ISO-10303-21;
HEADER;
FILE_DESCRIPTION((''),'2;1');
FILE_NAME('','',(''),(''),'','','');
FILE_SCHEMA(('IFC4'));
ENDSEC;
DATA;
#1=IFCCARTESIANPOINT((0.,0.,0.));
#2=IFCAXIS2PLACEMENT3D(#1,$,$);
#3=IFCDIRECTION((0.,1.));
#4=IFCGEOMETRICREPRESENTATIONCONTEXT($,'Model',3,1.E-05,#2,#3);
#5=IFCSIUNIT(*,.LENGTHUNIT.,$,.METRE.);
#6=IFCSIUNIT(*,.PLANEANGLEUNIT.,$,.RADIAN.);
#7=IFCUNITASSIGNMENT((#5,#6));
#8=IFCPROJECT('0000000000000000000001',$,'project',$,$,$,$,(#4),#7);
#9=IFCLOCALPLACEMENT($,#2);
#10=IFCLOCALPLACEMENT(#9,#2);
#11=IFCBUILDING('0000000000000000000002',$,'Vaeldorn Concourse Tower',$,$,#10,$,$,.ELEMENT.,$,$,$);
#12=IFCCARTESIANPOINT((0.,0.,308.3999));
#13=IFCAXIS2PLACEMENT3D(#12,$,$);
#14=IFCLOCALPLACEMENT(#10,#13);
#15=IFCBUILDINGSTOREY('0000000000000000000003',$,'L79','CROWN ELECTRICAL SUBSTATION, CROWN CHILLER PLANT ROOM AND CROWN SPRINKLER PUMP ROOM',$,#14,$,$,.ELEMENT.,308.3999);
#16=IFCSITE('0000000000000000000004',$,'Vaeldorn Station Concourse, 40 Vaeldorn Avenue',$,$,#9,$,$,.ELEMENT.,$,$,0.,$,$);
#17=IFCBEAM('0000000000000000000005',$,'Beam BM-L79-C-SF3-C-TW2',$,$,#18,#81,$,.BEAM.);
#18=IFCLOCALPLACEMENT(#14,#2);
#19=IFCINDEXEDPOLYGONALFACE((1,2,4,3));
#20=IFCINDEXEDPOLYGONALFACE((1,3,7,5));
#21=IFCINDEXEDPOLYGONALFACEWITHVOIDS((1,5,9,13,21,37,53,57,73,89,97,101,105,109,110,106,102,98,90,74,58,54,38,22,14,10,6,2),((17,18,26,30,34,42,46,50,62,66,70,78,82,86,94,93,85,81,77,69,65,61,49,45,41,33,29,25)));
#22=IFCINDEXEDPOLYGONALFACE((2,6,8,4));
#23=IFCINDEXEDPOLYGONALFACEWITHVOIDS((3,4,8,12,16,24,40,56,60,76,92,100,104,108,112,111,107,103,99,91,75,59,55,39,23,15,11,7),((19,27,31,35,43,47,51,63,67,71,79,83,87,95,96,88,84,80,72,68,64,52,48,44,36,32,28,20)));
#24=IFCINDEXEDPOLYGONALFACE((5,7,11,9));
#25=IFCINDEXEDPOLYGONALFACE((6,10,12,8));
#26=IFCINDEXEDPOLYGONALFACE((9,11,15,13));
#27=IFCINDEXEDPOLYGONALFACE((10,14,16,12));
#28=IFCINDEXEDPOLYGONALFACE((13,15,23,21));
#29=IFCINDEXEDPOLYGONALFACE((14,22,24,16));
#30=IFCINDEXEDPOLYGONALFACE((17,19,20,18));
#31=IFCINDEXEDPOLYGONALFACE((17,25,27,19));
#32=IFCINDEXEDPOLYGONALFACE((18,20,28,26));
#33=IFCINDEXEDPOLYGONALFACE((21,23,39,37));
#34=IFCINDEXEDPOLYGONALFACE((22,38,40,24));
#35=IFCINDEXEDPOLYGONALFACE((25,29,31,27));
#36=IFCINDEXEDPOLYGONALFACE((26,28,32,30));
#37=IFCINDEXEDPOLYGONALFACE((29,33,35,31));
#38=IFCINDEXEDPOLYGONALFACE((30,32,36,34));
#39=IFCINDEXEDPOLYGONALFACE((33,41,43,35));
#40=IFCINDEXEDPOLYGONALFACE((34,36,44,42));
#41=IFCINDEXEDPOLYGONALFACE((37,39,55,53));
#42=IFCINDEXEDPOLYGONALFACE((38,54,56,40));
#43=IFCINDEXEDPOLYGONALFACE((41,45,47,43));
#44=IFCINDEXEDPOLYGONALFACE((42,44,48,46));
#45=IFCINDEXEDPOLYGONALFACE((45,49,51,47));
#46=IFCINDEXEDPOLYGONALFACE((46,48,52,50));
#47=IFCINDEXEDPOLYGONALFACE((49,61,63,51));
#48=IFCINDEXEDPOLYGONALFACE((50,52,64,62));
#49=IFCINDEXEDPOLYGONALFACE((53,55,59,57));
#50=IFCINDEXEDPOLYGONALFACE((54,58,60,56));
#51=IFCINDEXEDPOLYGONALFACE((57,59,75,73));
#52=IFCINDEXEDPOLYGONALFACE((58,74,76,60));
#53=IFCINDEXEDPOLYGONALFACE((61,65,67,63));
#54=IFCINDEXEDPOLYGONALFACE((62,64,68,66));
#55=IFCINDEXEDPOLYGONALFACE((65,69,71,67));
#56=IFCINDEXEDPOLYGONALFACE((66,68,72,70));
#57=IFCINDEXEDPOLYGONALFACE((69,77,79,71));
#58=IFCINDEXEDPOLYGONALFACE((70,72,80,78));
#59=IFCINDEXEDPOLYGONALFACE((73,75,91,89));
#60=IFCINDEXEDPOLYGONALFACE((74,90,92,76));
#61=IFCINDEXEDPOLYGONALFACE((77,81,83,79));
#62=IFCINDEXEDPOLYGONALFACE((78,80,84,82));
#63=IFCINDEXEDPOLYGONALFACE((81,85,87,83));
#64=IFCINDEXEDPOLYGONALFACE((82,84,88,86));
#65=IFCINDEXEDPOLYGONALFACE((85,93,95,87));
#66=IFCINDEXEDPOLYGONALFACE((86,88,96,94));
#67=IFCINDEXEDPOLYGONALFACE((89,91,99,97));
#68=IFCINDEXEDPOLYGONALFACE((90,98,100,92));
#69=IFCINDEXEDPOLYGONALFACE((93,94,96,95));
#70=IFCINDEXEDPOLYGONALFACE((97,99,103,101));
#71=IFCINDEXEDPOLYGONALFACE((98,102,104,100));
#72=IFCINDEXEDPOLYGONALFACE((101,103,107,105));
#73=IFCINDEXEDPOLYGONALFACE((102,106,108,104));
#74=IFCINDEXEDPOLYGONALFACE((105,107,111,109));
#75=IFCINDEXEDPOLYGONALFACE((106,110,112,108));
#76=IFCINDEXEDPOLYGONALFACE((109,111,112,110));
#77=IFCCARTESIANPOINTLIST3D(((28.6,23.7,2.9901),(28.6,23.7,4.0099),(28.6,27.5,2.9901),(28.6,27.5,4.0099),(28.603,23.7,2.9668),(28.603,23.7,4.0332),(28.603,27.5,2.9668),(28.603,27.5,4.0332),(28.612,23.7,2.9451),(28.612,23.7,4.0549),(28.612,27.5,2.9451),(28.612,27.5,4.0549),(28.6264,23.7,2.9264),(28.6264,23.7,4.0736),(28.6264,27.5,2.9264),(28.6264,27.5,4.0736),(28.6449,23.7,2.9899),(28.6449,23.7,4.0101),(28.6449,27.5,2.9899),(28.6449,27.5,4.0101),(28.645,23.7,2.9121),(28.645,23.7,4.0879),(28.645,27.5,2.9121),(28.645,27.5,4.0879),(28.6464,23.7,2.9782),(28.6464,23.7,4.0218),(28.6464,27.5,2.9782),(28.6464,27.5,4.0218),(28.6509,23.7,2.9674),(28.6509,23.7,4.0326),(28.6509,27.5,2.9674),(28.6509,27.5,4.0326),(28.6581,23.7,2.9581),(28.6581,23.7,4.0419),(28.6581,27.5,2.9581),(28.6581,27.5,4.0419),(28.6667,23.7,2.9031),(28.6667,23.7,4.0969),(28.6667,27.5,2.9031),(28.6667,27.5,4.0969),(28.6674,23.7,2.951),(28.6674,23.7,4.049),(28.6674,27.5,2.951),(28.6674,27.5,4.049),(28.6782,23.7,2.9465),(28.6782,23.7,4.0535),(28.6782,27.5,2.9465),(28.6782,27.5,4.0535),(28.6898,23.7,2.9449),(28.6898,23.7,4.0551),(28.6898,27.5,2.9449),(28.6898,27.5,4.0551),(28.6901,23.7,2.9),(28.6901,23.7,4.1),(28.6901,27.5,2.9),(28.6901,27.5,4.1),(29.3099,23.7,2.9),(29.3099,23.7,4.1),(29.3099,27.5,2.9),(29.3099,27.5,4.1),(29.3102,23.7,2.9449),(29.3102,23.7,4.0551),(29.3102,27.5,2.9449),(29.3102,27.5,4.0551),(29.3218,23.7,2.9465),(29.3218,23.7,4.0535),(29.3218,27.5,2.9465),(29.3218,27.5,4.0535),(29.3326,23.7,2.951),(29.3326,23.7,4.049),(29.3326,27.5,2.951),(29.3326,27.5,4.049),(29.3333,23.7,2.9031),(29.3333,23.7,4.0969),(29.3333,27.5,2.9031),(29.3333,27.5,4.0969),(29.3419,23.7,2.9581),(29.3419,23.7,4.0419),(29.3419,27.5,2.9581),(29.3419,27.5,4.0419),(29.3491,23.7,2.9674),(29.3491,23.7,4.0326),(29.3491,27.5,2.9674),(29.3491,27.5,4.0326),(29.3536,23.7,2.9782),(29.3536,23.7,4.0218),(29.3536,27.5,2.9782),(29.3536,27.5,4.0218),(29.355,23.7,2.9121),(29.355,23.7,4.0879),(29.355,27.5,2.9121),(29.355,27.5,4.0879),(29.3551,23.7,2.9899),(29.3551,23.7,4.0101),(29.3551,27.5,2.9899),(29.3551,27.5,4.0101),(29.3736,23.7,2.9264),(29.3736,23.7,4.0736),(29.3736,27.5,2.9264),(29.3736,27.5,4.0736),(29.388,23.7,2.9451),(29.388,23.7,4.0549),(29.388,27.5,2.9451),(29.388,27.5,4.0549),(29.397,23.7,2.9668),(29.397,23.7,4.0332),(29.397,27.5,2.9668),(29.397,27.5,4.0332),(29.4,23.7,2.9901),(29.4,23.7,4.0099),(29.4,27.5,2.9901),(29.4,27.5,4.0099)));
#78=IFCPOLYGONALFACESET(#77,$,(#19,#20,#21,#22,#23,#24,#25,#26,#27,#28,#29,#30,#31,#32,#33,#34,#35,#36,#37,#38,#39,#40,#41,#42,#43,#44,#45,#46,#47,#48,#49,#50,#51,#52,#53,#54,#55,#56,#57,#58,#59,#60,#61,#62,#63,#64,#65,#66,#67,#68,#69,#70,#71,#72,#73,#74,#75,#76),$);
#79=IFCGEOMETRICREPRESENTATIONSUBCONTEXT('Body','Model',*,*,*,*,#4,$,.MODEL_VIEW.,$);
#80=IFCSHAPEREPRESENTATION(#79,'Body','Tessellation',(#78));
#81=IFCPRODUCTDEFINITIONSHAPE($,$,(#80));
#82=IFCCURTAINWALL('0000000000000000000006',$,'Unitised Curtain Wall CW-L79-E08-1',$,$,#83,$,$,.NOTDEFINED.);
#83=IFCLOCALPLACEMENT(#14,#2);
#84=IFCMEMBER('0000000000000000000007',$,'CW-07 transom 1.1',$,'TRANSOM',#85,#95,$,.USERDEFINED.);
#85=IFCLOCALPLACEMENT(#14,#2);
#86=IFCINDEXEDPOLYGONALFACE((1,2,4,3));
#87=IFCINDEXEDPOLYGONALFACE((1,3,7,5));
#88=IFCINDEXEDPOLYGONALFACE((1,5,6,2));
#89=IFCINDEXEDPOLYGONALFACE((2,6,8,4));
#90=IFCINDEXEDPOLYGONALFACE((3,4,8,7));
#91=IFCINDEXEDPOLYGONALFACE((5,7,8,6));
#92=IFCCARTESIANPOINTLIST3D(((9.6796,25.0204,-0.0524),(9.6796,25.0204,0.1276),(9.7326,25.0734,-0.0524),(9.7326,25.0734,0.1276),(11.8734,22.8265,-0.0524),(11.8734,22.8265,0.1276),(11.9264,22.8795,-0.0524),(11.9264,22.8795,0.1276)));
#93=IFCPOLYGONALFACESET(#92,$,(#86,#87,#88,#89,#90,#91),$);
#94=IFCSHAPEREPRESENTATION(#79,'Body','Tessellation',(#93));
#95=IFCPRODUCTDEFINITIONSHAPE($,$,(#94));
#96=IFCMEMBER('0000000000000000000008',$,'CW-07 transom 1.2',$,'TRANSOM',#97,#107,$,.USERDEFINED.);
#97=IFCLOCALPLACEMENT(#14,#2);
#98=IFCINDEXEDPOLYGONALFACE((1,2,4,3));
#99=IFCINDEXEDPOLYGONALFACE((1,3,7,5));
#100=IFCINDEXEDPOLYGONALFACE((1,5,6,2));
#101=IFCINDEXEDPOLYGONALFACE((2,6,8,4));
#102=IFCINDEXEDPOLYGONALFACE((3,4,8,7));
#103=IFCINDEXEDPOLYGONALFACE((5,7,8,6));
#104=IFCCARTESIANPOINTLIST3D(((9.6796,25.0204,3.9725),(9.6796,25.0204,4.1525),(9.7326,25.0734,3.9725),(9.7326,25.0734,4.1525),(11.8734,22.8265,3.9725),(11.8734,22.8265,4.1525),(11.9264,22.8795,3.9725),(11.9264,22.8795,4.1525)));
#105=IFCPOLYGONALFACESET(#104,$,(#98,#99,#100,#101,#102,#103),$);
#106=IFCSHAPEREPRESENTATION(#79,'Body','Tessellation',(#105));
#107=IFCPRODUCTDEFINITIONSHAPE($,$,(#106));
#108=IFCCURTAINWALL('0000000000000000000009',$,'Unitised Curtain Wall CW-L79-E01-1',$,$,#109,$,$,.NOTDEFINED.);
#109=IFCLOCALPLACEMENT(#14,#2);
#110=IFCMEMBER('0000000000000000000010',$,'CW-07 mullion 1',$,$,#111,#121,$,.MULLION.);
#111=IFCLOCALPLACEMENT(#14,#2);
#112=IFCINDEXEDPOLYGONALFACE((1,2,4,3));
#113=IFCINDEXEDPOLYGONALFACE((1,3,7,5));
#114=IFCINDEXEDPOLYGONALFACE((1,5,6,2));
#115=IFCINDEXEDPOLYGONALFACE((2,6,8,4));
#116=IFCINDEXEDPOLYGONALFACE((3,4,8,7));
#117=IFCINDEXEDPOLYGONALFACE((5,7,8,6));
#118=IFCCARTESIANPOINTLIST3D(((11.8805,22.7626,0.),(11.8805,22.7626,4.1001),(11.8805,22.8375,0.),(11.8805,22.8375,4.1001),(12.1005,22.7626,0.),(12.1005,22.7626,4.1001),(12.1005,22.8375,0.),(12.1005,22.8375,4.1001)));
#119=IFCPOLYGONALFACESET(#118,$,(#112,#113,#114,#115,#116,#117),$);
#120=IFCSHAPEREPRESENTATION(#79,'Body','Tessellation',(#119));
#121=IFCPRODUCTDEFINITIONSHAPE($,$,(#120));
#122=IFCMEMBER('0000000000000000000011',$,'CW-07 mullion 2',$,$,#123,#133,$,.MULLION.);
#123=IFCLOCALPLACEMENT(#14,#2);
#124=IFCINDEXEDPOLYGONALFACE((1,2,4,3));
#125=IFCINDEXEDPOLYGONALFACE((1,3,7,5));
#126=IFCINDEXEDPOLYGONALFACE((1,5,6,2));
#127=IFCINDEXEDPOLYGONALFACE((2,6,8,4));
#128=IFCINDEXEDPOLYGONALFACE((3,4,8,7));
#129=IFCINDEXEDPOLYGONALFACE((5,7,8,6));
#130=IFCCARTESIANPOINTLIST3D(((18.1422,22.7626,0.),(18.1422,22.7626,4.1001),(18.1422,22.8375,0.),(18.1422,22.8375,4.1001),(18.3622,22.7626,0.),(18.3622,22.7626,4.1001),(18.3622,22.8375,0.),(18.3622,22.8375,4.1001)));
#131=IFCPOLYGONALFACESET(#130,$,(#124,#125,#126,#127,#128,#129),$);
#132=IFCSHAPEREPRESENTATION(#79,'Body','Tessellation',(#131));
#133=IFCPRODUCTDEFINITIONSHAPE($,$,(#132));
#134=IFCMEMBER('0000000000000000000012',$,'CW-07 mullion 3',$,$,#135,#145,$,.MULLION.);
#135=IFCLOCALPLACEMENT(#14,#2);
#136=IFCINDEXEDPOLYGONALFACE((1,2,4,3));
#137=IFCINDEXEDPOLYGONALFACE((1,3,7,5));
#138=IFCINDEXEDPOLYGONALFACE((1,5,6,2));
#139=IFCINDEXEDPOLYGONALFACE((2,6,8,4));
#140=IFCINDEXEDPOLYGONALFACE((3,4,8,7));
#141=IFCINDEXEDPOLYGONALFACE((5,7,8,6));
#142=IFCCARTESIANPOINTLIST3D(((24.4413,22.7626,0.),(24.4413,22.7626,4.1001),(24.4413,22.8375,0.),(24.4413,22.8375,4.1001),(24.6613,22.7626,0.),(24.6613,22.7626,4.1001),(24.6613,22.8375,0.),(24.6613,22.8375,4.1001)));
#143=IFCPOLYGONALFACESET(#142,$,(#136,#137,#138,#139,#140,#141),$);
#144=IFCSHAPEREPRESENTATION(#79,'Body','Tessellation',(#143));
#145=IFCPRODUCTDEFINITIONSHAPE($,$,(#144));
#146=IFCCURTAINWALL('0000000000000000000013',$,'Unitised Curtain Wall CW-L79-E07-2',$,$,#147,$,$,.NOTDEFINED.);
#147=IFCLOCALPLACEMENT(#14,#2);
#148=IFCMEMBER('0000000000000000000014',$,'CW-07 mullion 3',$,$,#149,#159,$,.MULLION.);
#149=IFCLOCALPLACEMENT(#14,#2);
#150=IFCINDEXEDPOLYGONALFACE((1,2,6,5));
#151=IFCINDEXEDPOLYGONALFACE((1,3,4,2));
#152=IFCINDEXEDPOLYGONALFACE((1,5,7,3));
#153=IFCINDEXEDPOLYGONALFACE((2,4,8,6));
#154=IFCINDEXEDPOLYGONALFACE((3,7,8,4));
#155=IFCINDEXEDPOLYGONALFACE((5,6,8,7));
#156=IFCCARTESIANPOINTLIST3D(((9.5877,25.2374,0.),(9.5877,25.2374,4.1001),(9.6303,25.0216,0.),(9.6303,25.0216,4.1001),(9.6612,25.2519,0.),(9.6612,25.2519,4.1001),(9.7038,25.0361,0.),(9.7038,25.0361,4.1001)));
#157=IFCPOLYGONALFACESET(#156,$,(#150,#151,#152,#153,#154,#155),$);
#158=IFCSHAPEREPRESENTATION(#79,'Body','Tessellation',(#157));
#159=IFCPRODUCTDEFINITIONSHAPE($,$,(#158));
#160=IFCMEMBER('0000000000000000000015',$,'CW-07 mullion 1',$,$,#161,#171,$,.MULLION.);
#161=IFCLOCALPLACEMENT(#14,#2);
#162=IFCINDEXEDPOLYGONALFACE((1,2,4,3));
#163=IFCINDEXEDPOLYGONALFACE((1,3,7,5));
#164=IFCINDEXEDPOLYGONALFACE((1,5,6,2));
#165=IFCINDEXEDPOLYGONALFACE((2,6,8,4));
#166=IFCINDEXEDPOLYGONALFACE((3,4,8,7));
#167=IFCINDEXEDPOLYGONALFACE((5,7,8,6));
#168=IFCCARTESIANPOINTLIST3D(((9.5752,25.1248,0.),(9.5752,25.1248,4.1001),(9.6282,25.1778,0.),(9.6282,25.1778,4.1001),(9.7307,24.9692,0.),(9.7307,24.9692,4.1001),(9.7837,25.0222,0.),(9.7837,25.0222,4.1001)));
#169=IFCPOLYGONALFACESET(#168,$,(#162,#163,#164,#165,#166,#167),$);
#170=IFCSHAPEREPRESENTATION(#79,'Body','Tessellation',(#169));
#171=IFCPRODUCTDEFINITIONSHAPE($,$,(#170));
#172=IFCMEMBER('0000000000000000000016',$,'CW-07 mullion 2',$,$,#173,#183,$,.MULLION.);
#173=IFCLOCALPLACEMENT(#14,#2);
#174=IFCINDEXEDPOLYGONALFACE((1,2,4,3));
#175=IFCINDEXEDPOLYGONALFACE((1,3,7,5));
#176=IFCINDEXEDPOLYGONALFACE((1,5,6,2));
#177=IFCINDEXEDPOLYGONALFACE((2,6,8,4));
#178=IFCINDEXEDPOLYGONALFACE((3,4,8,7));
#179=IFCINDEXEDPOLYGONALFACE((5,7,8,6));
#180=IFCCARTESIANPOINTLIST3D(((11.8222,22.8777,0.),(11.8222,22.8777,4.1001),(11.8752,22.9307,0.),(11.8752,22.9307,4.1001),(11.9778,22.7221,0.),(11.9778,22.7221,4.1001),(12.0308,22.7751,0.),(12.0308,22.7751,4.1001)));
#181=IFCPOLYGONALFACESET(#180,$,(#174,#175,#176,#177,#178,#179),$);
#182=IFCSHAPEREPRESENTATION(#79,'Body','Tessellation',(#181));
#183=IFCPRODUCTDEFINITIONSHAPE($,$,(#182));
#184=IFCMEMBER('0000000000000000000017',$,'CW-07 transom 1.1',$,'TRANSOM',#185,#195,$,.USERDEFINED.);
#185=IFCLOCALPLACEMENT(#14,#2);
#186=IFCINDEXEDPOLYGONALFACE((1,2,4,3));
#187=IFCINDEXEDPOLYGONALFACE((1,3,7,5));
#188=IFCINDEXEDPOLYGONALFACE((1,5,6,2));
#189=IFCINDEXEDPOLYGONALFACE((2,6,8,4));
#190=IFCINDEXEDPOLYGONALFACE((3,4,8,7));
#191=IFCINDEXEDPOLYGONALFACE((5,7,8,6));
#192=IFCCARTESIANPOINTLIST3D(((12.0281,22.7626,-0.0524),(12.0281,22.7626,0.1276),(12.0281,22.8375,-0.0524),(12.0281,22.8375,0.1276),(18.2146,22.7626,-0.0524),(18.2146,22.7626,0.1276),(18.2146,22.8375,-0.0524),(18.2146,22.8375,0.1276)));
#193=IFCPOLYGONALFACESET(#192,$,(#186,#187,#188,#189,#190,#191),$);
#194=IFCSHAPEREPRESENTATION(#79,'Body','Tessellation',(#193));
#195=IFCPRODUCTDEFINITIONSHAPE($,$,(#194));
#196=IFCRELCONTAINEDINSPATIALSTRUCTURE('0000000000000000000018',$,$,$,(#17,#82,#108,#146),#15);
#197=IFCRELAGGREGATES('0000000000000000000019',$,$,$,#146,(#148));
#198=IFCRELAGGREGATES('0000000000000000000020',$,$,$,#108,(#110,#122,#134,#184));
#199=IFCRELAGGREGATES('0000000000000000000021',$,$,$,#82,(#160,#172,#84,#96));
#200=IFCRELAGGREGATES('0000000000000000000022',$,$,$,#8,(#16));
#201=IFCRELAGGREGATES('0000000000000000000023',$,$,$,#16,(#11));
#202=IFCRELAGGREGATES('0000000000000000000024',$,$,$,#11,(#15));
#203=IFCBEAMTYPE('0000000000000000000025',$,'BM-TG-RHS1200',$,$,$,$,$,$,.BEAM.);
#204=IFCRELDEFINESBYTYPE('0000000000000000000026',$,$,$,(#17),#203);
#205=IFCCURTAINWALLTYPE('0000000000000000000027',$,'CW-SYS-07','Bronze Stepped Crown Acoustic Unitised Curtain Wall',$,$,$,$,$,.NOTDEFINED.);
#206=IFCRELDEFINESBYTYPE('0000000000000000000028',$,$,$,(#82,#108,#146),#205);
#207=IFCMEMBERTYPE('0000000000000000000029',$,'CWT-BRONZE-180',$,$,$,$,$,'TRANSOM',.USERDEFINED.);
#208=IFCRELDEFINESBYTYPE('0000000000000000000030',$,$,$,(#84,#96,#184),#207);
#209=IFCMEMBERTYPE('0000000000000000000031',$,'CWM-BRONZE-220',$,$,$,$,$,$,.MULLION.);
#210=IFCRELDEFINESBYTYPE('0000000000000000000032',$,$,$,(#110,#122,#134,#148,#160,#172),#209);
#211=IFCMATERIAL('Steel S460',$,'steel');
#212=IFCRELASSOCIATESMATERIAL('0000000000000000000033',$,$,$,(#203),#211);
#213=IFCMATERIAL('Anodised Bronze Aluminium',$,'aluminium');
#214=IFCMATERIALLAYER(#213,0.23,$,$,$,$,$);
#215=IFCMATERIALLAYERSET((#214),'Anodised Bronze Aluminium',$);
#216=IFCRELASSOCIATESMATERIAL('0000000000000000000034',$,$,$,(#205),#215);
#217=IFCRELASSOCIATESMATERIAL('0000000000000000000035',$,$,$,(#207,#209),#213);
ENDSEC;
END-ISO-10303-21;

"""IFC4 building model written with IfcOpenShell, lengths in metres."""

from ifc_helpers import new_model, si_unit, direction, frame, origin, origin_2d, place, context, subcontext, project, spatial, rectangle, hollow_rectangle, extrude, source, transform, mapped, material, layer, layer_set, material_profile, profile_set, type_object, element, aggregate, save


model = new_model("IFC4")

# Units and contexts
model_context = context("Model", 3, precision=1e-05, world=origin(), true_north=direction((0.0, 1.0)))
body_context = subcontext(model_context, "Body", "Model", "MODEL_VIEW")
ifc_project = project(units=[si_unit("LENGTHUNIT", "METRE"), si_unit("PLANEANGLEUNIT", "RADIAN")], contexts=[model_context])

# Site, building, storey
site_placement = place(None, origin())
site = spatial("IfcSite", under=ifc_project, at=site_placement, Name="Vaeldorn Station Concourse, 40 Vaeldorn Avenue", CompositionType="ELEMENT", RefElevation=0.0)
building_placement = place(site_placement, origin())
building = spatial("IfcBuilding", under=site, at=building_placement, Name="Vaeldorn Concourse Tower", CompositionType="ELEMENT")
storey_placement = place(building_placement, frame((0.0, 0.0, 308.3999)))
storey = spatial("IfcBuildingStorey", under=building, at=storey_placement, Name="L79", Description="CROWN ELECTRICAL SUBSTATION, CROWN CHILLER PLANT ROOM AND CROWN SPRINKLER PUMP ROOM", CompositionType="ELEMENT", Elevation=308.3999)

# Beam
ifc_material_1 = material(Name="Steel S460", Category="steel")
ifc_material_profile_1 = material_profile(ifc_material_1, hollow_rectangle(XDim=0.8, YDim=1.2, WallThickness=0.0449, InnerFilletRadius=0.0449, OuterFilletRadius=0.0901, at=origin_2d()), Name="RHS 1200x800x45")
ifc_profile_set_1 = profile_set([ifc_material_profile_1], Name="Steel S460")
beam_type = type_object("IfcBeamType", Name="BM-TG-RHS1200", PredefinedType="BEAM", material=ifc_profile_set_1)
shared_shape_1 = source(origin(), body_context, "Body", "SweptSolid", [
    extrude(hollow_rectangle(XDim=0.8, YDim=1.2, WallThickness=0.0449, InnerFilletRadius=0.0449, OuterFilletRadius=0.0901, at=origin_2d()), origin(), (0.0, 0.0, 1.0), 3.8),
])
for number, where, z_axis, x_axis, name in (
    (1, (29.0, 23.7, 3.5), (0.0, 1.0, 0.0), (-1.0, 0.0, 0.0), "Beam BM-L79-C-SF3-C-TW2"),
):
    element("IfcBeam", number, at=place(storey_placement, frame(where, z_axis=z_axis, x_axis=x_axis)), inside=storey, type_object=beam_type, Name=name, PredefinedType="BEAM", context=body_context, shape_type="MappedRepresentation", body=[
        mapped(shared_shape_1, transform((0.0, 0.0, 0.0), scale=1.0)),
    ])

# Curtain walls, members
ifc_material_2 = material(Name="Anodised Bronze Aluminium", Category="aluminium")
ifc_layer_1 = layer(ifc_material_2, 0.23)
ifc_layer_set_1 = layer_set([ifc_layer_1], Name="Anodised Bronze Aluminium")
curtain_wall_type = type_object("IfcCurtainWallType", Name="CW-SYS-07", Description="Bronze Stepped Crown Acoustic Unitised Curtain Wall", PredefinedType="NOTDEFINED", material=ifc_layer_set_1)
curtain_wall_1_placement = place(storey_placement, origin())
curtain_wall_1 = element("IfcCurtainWall", 2, at=curtain_wall_1_placement, inside=storey, type_object=curtain_wall_type, Name="Unitised Curtain Wall CW-L79-E08-1", PredefinedType="NOTDEFINED")
ifc_material_profile_2 = material_profile(ifc_material_2, rectangle(XDim=0.075, YDim=0.1799, at=origin_2d()), Name="CWT 75x180")
ifc_profile_set_2 = profile_set([ifc_material_profile_2], Name="Anodised Bronze Aluminium")
member_type_1 = type_object("IfcMemberType", Name="CWT-BRONZE-180", ElementType="TRANSOM", PredefinedType="USERDEFINED", material=ifc_profile_set_2)
shared_shape_2 = source(origin(), body_context, "Body", "SweptSolid", [
    extrude(rectangle(XDim=0.075, YDim=0.1799, at=origin_2d()), origin(), (0.0, 0.0, 1.0), 3.1025),
])
member_1_placement = place(storey_placement, frame((9.7061, 25.0469, 0.0376), z_axis=(0.707107, -0.707107, 0.0), x_axis=(0.707107, 0.707107, 0.0)))
member_1 = element("IfcMember", 3, at=member_1_placement, type_object=member_type_1, Name="CW-07 transom 1.1", ObjectType="TRANSOM", PredefinedType="USERDEFINED", context=body_context, shape_type="MappedRepresentation", body=[
    mapped(shared_shape_2, transform((0.0, 0.0, 0.0), scale=1.0)),
])
member_2_placement = place(storey_placement, frame((9.7061, 25.0469, 4.0625), z_axis=(0.707107, -0.707107, 0.0), x_axis=(0.707107, 0.707107, 0.0)))
member_2 = element("IfcMember", 4, at=member_2_placement, type_object=member_type_1, Name="CW-07 transom 1.2", ObjectType="TRANSOM", PredefinedType="USERDEFINED", context=body_context, shape_type="MappedRepresentation", body=[
    mapped(shared_shape_2, transform((0.0, 0.0, 0.0), scale=1.0)),
])
curtain_wall_2_placement = place(storey_placement, origin())
curtain_wall_2 = element("IfcCurtainWall", 5, at=curtain_wall_2_placement, inside=storey, type_object=curtain_wall_type, Name="Unitised Curtain Wall CW-L79-E01-1", PredefinedType="NOTDEFINED")
ifc_material_profile_3 = material_profile(ifc_material_2, rectangle(XDim=0.075, YDim=0.22, at=origin_2d()), Name="CWM 75x220")
ifc_profile_set_3 = profile_set([ifc_material_profile_3], Name="Anodised Bronze Aluminium")
member_type_2 = type_object("IfcMemberType", Name="CWM-BRONZE-220", PredefinedType="MULLION", material=ifc_profile_set_3)
shared_shape_3 = source(origin(), body_context, "Body", "SweptSolid", [
    extrude(rectangle(XDim=0.075, YDim=0.22, at=origin_2d()), origin(), (0.0, 0.0, 1.0), 4.1001),
])
member_3_placement = place(storey_placement, frame((11.9905, 22.8, 0.0), z_axis=(0.0, 0.0, 1.0), x_axis=(0.0, 1.0, 0.0)))
member_3 = element("IfcMember", 6, at=member_3_placement, type_object=member_type_2, Name="CW-07 mullion 1", PredefinedType="MULLION", context=body_context, shape_type="MappedRepresentation", body=[
    mapped(shared_shape_3, transform((0.0, 0.0, 0.0), scale=1.0)),
])
member_4_placement = place(storey_placement, frame((18.2522, 22.8, 0.0), z_axis=(0.0, 0.0, 1.0), x_axis=(0.0, 1.0, 0.0)))
member_4 = element("IfcMember", 7, at=member_4_placement, type_object=member_type_2, Name="CW-07 mullion 2", PredefinedType="MULLION", context=body_context, shape_type="MappedRepresentation", body=[
    mapped(shared_shape_3, transform((0.0, 0.0, 0.0), scale=1.0)),
])
member_5_placement = place(storey_placement, frame((24.5513, 22.8, 0.0), z_axis=(0.0, 0.0, 1.0), x_axis=(0.0, 1.0, 0.0)))
member_5 = element("IfcMember", 8, at=member_5_placement, type_object=member_type_2, Name="CW-07 mullion 3", PredefinedType="MULLION", context=body_context, shape_type="MappedRepresentation", body=[
    mapped(shared_shape_3, transform((0.0, 0.0, 0.0), scale=1.0)),
])

# Curtain wall, member
curtain_wall_3_placement = place(storey_placement, origin())
curtain_wall_3 = element("IfcCurtainWall", 9, at=curtain_wall_3_placement, inside=storey, type_object=curtain_wall_type, Name="Unitised Curtain Wall CW-L79-E07-2", PredefinedType="NOTDEFINED")
member_6_placement = place(storey_placement, frame((9.6458, 25.1367, 0.0), z_axis=(0.0, 0.0, 1.0), x_axis=(0.981113, 0.193435, 0.0)))
member_6 = element("IfcMember", 10, at=member_6_placement, type_object=member_type_2, Name="CW-07 mullion 3", PredefinedType="MULLION", context=body_context, shape_type="MappedRepresentation", body=[
    mapped(shared_shape_3, transform((0.0, 0.0, 0.0), scale=1.0)),
])
aggregate(curtain_wall_3, [member_6])

# Members
member_7_placement = place(storey_placement, frame((9.6794, 25.0735, 0.0), z_axis=(0.0, 0.0, 1.0), x_axis=(0.707107, 0.707107, 0.0)))
member_7 = element("IfcMember", 11, at=member_7_placement, type_object=member_type_2, Name="CW-07 mullion 1", PredefinedType="MULLION", context=body_context, shape_type="MappedRepresentation", body=[
    mapped(shared_shape_3, transform((0.0, 0.0, 0.0), scale=1.0)),
])
member_8_placement = place(storey_placement, frame((11.9265, 22.8264, 0.0), z_axis=(0.0, 0.0, 1.0), x_axis=(0.707107, 0.707107, 0.0)))
member_8 = element("IfcMember", 12, at=member_8_placement, type_object=member_type_2, Name="CW-07 mullion 2", PredefinedType="MULLION", context=body_context, shape_type="MappedRepresentation", body=[
    mapped(shared_shape_3, transform((0.0, 0.0, 0.0), scale=1.0)),
])
shared_shape_4 = source(origin(), body_context, "Body", "SweptSolid", [
    extrude(rectangle(XDim=0.075, YDim=0.1799, at=origin_2d()), origin(), (0.0, 0.0, 1.0), 6.1865),
])
member_9_placement = place(storey_placement, frame((12.0281, 22.8, 0.0376), z_axis=(1.0, 0.0, 0.0), x_axis=(0.0, 1.0, 0.0)))
member_9 = element("IfcMember", 13, at=member_9_placement, type_object=member_type_1, Name="CW-07 transom 1.1", ObjectType="TRANSOM", PredefinedType="USERDEFINED", context=body_context, shape_type="MappedRepresentation", body=[
    mapped(shared_shape_4, transform((0.0, 0.0, 0.0), scale=1.0)),
])

aggregate(curtain_wall_2, [member_3, member_4, member_5, member_9])
aggregate(curtain_wall_1, [member_7, member_8, member_1, member_2])

save(model, "model.ifc")
